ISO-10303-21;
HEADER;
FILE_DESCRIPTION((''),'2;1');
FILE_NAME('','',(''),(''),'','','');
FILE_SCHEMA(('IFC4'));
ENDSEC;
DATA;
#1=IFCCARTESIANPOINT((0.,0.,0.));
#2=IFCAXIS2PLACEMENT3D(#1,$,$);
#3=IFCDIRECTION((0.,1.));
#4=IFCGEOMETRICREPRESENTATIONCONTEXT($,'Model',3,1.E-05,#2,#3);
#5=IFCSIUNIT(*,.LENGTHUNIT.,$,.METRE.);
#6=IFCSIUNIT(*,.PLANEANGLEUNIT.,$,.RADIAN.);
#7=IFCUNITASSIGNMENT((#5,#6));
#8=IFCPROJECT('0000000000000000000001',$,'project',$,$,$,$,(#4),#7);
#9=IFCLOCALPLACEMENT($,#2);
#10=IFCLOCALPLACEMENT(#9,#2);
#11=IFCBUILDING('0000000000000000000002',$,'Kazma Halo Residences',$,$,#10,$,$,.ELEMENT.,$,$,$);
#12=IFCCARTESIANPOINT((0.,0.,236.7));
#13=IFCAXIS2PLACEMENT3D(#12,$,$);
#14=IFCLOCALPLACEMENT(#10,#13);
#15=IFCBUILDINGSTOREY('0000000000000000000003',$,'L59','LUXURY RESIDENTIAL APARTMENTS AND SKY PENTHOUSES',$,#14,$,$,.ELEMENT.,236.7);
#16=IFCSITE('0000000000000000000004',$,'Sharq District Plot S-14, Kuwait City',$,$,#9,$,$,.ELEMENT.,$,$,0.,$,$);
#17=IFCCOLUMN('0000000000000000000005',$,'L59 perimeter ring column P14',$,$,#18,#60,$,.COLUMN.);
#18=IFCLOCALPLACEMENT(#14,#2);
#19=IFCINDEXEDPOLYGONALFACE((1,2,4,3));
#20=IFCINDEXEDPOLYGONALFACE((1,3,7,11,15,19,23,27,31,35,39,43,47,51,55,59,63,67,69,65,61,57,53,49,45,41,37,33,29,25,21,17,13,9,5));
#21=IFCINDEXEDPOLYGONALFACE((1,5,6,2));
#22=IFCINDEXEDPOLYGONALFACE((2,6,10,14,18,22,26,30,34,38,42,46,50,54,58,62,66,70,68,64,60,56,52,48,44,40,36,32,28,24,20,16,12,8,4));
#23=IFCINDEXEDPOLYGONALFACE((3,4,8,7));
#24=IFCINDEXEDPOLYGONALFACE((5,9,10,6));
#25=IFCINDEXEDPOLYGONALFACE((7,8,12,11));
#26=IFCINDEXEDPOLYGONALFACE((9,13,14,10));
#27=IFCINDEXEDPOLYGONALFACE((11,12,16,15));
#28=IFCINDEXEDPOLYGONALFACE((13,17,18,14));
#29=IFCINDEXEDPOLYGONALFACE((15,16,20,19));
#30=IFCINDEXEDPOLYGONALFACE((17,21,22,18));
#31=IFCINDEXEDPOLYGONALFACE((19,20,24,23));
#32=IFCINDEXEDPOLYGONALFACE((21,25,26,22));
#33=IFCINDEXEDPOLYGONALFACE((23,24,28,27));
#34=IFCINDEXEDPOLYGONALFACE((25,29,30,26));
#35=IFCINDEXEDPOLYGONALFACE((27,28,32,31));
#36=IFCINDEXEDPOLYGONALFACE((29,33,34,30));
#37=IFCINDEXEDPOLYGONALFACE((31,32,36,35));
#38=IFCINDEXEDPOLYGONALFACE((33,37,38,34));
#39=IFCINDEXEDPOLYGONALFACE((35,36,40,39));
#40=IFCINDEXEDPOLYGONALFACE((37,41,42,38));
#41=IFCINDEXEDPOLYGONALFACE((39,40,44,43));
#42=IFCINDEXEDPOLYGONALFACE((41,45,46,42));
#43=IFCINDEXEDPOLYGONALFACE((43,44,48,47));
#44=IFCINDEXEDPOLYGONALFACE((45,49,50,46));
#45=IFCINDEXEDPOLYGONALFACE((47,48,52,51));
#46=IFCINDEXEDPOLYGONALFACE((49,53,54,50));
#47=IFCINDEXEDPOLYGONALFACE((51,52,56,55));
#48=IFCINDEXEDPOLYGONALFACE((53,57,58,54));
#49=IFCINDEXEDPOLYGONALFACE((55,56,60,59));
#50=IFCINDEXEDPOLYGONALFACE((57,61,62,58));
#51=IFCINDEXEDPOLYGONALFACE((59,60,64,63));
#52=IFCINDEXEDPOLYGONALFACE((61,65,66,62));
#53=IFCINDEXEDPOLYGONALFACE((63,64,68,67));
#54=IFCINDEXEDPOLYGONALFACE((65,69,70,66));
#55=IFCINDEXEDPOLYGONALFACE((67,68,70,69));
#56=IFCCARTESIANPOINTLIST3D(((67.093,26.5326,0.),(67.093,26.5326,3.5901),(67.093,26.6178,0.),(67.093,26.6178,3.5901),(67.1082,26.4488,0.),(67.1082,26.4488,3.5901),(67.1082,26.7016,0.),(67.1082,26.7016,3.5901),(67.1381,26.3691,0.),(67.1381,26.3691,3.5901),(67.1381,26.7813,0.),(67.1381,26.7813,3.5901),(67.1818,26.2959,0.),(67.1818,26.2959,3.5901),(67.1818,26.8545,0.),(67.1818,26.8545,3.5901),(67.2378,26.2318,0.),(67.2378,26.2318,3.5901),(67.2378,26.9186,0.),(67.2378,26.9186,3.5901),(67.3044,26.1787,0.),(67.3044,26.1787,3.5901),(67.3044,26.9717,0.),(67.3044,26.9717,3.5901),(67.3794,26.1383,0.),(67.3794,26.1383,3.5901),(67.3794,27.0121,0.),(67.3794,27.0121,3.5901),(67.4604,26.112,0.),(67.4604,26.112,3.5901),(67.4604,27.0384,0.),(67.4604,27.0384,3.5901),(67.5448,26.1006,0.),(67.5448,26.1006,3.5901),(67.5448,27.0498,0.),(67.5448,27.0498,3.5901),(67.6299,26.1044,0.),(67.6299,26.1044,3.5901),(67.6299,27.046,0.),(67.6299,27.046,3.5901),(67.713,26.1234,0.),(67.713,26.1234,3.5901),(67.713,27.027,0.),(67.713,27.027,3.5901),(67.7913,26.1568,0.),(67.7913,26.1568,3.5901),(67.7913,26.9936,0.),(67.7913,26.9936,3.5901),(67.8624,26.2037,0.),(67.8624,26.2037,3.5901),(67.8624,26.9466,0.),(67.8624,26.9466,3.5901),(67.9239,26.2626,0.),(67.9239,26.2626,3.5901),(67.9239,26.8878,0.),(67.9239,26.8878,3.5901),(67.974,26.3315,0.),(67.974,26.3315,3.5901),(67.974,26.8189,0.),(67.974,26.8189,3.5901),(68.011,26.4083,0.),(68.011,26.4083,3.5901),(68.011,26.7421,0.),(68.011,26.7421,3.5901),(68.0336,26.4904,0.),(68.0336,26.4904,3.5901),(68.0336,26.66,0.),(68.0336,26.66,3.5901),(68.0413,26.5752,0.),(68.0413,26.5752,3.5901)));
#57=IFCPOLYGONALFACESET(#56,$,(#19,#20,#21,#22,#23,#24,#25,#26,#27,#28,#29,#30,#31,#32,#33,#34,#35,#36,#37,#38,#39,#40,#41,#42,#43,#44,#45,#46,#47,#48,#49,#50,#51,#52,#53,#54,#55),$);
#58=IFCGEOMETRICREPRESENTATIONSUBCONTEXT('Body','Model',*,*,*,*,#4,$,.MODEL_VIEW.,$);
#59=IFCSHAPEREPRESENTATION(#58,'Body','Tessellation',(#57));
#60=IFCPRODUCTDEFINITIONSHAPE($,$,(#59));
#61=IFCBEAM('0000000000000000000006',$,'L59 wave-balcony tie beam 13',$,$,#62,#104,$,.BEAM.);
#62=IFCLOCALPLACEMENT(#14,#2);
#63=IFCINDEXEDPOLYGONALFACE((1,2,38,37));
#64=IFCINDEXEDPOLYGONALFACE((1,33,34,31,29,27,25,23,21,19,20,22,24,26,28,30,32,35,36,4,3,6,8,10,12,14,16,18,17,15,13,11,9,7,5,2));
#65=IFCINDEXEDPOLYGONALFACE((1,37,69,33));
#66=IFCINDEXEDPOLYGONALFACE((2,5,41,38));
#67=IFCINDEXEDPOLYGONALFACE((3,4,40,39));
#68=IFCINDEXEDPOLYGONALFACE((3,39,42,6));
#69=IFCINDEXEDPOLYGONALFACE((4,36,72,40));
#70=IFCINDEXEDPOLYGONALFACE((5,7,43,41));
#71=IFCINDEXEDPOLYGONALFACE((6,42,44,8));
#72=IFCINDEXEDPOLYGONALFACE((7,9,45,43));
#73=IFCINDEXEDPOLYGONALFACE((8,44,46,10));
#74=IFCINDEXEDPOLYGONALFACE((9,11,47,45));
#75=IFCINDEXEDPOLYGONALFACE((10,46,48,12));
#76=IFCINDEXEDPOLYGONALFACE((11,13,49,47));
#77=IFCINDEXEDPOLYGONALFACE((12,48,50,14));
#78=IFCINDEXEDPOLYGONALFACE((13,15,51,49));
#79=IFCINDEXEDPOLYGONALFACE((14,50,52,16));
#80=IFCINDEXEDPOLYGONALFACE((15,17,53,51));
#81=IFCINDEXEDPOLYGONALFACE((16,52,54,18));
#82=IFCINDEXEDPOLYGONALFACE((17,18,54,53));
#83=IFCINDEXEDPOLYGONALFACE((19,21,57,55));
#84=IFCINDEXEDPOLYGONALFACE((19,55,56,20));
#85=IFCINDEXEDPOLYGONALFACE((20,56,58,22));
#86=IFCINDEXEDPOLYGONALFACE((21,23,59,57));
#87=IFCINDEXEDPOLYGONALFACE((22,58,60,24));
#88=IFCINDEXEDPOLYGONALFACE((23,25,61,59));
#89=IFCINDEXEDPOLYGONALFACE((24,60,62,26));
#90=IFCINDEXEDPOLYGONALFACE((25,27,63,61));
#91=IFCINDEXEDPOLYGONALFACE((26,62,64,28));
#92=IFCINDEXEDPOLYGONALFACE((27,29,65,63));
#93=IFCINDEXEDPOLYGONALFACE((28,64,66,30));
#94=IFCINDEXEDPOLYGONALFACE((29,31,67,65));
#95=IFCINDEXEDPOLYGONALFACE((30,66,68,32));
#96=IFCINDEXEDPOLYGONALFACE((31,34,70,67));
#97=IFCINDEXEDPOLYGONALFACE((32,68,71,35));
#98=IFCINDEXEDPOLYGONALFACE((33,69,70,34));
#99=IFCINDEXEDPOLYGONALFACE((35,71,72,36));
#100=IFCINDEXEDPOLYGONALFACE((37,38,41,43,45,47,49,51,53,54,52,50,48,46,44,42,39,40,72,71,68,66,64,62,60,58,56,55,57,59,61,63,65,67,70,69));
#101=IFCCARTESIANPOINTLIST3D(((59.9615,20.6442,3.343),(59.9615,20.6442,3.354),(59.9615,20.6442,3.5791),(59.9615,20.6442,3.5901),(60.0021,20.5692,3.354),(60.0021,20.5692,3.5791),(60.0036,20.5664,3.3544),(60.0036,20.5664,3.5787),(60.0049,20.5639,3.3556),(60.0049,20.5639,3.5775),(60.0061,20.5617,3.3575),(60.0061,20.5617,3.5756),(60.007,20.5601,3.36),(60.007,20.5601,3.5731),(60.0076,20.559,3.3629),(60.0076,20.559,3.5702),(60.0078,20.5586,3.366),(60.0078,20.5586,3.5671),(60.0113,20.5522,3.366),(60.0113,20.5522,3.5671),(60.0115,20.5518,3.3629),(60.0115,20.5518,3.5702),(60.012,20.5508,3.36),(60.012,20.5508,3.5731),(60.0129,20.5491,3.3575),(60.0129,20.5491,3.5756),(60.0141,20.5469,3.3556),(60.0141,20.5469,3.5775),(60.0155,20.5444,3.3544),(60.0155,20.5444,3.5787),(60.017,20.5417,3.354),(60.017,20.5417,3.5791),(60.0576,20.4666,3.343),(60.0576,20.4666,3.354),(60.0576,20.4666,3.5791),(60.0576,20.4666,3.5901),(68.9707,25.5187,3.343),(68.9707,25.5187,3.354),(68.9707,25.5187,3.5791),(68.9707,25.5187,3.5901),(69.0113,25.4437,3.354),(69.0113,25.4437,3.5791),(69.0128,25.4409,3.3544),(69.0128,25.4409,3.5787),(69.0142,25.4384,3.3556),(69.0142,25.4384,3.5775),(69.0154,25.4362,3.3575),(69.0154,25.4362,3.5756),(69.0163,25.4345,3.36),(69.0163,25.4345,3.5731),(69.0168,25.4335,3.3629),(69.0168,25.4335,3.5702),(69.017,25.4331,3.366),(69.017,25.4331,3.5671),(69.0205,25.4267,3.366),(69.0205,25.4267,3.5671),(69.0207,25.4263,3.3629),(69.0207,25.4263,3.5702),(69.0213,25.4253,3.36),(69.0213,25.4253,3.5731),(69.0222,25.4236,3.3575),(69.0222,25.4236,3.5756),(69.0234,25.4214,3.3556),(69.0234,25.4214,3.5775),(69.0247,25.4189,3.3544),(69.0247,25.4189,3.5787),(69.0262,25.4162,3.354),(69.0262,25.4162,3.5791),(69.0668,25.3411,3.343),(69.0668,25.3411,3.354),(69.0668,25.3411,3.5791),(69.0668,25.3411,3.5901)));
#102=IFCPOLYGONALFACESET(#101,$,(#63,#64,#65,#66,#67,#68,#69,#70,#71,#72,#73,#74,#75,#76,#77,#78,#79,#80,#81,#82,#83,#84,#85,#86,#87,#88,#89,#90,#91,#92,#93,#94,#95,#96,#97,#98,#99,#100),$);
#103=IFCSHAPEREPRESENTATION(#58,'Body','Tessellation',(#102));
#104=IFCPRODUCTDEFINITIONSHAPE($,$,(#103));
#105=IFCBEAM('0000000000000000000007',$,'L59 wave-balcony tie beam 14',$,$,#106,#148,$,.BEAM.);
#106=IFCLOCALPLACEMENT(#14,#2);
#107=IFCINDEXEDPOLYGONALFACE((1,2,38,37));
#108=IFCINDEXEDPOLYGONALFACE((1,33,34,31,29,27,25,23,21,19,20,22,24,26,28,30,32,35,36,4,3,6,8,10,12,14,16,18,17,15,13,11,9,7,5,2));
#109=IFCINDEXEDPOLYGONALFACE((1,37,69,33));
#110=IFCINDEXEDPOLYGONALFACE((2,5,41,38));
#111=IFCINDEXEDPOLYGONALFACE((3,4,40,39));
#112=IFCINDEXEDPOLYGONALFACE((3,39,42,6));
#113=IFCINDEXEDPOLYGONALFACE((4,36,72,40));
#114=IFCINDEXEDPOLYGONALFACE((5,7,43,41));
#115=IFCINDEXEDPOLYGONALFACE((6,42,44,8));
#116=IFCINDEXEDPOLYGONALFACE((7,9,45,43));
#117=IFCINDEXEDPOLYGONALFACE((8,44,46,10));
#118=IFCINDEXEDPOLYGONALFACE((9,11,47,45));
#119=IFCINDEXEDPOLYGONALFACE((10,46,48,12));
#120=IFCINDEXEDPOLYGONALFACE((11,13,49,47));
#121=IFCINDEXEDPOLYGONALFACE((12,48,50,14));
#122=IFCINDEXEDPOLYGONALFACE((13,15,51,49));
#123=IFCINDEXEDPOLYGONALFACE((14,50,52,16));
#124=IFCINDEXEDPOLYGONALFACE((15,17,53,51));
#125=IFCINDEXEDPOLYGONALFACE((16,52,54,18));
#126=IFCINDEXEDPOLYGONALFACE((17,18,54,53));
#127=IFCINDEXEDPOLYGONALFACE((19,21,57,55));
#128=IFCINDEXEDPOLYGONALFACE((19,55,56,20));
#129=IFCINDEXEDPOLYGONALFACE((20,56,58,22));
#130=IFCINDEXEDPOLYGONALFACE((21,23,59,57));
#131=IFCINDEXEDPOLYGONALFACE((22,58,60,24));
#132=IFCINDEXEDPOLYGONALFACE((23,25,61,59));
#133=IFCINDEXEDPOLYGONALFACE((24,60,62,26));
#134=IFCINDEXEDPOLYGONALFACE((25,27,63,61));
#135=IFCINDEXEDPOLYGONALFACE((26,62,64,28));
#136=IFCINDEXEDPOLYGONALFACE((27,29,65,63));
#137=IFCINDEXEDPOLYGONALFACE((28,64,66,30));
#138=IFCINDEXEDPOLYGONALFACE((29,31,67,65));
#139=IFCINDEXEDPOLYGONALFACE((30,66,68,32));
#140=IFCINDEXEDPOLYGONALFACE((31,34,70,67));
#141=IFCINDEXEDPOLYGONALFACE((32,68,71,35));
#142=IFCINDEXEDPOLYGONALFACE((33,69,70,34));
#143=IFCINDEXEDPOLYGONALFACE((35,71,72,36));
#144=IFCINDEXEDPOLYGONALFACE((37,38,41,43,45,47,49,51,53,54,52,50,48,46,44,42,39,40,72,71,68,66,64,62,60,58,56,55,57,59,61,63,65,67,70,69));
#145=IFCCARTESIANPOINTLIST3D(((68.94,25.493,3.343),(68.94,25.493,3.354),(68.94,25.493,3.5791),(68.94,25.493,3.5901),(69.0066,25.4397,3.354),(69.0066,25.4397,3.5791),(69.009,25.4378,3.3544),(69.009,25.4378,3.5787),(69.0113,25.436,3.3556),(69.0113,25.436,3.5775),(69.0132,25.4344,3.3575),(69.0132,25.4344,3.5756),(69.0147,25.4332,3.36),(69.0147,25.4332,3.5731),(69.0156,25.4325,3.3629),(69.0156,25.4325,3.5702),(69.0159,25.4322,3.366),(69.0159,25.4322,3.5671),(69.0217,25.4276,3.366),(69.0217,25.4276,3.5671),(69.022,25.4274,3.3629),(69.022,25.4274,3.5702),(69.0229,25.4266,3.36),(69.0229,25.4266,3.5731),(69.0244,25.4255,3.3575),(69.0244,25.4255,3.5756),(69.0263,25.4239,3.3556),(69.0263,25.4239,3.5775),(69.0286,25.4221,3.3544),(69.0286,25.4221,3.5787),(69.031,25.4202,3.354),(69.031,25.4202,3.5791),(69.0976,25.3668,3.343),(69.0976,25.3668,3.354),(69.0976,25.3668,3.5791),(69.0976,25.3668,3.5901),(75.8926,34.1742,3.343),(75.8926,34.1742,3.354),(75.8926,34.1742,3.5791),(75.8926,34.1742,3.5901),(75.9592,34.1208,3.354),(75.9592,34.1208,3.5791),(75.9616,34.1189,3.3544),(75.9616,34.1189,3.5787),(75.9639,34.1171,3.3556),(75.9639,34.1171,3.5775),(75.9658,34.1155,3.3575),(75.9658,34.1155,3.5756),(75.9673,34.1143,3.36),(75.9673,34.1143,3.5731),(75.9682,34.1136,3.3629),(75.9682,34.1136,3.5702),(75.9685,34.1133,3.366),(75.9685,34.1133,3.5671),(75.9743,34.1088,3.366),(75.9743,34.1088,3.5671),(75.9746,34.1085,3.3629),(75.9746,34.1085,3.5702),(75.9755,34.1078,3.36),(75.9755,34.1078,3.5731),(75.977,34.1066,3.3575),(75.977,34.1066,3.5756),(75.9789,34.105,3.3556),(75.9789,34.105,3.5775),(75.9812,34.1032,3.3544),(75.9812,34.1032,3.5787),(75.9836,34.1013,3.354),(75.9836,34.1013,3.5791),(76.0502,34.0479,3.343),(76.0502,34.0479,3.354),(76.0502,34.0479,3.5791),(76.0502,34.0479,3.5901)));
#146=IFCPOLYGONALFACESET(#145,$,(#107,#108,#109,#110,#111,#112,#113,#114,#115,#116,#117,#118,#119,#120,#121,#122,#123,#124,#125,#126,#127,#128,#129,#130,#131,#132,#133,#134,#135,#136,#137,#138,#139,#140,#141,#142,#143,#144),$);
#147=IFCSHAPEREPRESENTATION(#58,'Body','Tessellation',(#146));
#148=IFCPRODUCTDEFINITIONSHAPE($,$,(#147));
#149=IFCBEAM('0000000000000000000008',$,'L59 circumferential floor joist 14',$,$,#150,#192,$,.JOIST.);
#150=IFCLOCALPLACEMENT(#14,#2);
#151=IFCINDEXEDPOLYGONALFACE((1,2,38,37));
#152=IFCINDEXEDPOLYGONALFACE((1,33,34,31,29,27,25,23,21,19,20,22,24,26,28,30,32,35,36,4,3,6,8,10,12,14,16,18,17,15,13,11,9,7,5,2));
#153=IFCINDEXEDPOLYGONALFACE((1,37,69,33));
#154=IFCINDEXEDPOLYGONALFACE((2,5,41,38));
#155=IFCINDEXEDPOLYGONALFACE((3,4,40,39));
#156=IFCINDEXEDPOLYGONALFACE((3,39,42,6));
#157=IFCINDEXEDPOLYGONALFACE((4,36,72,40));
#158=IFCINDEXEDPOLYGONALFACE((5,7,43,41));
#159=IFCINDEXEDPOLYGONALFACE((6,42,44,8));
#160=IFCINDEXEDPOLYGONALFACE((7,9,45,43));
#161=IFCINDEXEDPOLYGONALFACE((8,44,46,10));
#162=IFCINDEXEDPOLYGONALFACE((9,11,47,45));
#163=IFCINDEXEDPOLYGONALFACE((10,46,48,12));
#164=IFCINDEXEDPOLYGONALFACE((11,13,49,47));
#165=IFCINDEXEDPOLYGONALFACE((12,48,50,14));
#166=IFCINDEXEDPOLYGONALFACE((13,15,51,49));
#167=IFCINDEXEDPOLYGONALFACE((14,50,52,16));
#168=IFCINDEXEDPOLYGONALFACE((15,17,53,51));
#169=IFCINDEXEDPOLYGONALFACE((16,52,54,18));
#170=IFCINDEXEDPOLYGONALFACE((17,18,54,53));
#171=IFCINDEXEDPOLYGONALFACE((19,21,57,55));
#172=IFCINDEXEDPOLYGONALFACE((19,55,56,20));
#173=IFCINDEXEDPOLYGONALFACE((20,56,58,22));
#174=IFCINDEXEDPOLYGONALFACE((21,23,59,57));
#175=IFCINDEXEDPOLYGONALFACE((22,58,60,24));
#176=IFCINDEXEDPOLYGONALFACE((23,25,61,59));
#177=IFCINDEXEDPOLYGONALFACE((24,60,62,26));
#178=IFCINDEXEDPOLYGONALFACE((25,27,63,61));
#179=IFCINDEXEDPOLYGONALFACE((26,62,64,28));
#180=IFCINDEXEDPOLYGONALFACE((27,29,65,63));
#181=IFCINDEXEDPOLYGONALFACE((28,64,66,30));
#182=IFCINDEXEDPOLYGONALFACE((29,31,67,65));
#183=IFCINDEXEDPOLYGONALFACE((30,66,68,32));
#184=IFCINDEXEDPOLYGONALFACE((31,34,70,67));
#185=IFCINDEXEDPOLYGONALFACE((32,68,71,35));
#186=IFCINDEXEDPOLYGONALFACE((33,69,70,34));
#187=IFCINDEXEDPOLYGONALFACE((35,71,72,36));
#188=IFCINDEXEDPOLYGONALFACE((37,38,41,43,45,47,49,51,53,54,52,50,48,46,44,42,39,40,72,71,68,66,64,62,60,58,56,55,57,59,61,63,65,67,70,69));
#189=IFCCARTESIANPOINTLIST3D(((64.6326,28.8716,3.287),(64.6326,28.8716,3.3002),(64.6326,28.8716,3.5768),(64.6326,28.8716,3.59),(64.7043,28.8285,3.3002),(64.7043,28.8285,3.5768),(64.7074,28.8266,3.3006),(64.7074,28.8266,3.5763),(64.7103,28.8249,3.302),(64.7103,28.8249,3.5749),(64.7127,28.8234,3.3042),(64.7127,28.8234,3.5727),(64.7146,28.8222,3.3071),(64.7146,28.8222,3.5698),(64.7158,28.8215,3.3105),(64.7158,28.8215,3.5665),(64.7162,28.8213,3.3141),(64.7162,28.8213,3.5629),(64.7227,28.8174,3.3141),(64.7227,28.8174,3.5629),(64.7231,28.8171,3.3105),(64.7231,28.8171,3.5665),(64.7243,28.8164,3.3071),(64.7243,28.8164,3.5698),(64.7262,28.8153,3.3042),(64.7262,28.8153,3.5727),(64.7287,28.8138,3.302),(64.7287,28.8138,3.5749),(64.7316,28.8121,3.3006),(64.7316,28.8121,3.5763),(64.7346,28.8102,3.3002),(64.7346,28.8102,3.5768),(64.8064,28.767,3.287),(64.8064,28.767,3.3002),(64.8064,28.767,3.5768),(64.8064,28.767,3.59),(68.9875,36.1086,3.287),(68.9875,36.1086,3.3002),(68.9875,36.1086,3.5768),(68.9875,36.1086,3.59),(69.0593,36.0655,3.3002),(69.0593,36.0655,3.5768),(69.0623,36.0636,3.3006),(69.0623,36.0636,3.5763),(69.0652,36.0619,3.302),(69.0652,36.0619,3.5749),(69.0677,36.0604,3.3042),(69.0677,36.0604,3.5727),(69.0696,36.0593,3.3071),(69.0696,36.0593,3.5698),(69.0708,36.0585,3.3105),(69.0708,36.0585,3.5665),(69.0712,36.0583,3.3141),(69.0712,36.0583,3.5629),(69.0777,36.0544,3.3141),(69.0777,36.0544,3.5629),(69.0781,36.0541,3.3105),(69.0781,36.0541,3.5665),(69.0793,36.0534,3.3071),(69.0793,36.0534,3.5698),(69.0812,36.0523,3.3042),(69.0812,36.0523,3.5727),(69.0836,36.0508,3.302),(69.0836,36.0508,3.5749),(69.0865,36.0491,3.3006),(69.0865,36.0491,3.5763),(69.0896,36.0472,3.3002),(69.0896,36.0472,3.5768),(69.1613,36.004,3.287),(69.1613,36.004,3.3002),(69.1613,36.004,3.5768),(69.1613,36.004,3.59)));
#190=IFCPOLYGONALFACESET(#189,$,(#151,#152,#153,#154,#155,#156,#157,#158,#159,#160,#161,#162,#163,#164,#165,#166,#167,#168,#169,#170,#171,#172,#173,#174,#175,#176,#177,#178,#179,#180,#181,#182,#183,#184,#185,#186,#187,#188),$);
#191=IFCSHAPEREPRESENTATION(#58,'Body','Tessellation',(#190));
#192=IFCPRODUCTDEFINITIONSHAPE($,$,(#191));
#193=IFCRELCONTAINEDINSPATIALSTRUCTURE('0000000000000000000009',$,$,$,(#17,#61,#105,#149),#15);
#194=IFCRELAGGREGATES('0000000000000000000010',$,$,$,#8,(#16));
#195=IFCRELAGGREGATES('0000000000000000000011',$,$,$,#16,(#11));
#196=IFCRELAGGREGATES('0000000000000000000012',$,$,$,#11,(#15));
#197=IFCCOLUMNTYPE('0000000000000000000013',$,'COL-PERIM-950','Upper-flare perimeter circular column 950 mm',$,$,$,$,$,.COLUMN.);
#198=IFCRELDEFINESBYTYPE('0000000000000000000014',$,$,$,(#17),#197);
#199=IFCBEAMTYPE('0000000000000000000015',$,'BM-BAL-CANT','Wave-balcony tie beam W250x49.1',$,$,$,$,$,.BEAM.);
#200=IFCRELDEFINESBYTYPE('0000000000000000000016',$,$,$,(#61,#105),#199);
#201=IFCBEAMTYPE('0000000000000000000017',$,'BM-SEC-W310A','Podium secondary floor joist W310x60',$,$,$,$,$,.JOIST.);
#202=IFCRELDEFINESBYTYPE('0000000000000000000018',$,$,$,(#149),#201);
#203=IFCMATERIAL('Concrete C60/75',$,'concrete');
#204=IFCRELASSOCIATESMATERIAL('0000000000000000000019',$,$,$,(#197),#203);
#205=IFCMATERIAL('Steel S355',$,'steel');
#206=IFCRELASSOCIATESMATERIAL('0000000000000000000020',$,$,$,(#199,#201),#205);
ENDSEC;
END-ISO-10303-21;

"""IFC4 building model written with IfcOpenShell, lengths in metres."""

from ifc_helpers import new_model, si_unit, direction, frame, origin, origin_2d, place, context, subcontext, project, spatial, circle, i_section, extrude, material, material_profile, profile_set, type_object, element, save


model = new_model("IFC4")

# Units and contexts
model_context = context("Model", 3, precision=1e-05, world=origin(), true_north=direction((0.0, 1.0)))
body_context = subcontext(model_context, "Body", "Model", "MODEL_VIEW")
ifc_project = project(units=[si_unit("LENGTHUNIT", "METRE"), si_unit("PLANEANGLEUNIT", "RADIAN")], contexts=[model_context])

# Site, building, storey
site_placement = place(None, origin())
site = spatial("IfcSite", under=ifc_project, at=site_placement, Name="Sharq District Plot S-14, Kuwait City", CompositionType="ELEMENT", RefElevation=0.0)
building_placement = place(site_placement, origin())
building = spatial("IfcBuilding", under=site, at=building_placement, Name="Kazma Halo Residences", CompositionType="ELEMENT")
storey_placement = place(building_placement, frame((0.0, 0.0, 236.7)))
storey = spatial("IfcBuildingStorey", under=building, at=storey_placement, Name="L59", Description="LUXURY RESIDENTIAL APARTMENTS AND SKY PENTHOUSES", CompositionType="ELEMENT", Elevation=236.7)

# Column
ifc_material_1 = material(Name="Concrete C60/75", Category="concrete")
ifc_material_profile_1 = material_profile(ifc_material_1, circle(Radius=0.4751, at=origin_2d()), Name="CIRC950")
ifc_profile_set_1 = profile_set([ifc_material_profile_1], Name="Concrete C60/75")
column_type = type_object("IfcColumnType", Name="COL-PERIM-950", Description="Upper-flare perimeter circular column 950 mm", PredefinedType="COLUMN", material=ifc_profile_set_1)
column_placement = place(storey_placement, frame((67.5662, 26.5752, 0.0), z_axis=(0.0, 0.0, 1.0), x_axis=(1.0, 0.0, 0.0)))
element("IfcColumn", 1, at=column_placement, inside=storey, type_object=column_type, Name="L59 perimeter ring column P14", PredefinedType="COLUMN", context=body_context, shape_type="SweptSolid", body=[
    extrude(circle(Radius=0.4751, at=origin_2d()), origin(), (0.0, 0.0, 1.0), 3.5901),
])

# Beams
ifc_material_2 = material(Name="Steel S355", Category="steel")
ifc_material_profile_2 = material_profile(ifc_material_2, i_section(OverallWidth=0.2019, OverallDepth=0.2471, WebThickness=0.0073, FlangeThickness=0.011, FilletRadius=0.012, at=origin_2d()), Name="W250x49.1")
ifc_profile_set_2 = profile_set([ifc_material_profile_2], Name="Steel S355")
beam_type_1 = type_object("IfcBeamType", Name="BM-BAL-CANT", Description="Wave-balcony tie beam W250x49.1", PredefinedType="BEAM", material=ifc_profile_set_2)
beam_1_placement = place(storey_placement, frame((60.0095, 20.5554, 3.4666), z_axis=(0.879517, 0.475867, 0.0), x_axis=(-0.475867, 0.879517, 0.0)))
element("IfcBeam", 2, at=beam_1_placement, inside=storey, type_object=beam_type_1, Name="L59 wave-balcony tie beam 13", PredefinedType="BEAM", context=body_context, shape_type="SweptSolid", body=[
    extrude(i_section(OverallWidth=0.2019, OverallDepth=0.2471, WebThickness=0.0073, FlangeThickness=0.011, FilletRadius=0.012, at=origin_2d()), origin(), (0.0, 0.0, 1.0), 10.2434),
])
beam_2_placement = place(storey_placement, frame((69.0188, 25.4299, 3.4666), z_axis=(0.625118, 0.78053, 0.0), x_axis=(-0.78053, 0.625118, 0.0)))
element("IfcBeam", 3, at=beam_2_placement, inside=storey, type_object=beam_type_1, Name="L59 wave-balcony tie beam 14", PredefinedType="BEAM", context=body_context, shape_type="SweptSolid", body=[
    extrude(i_section(OverallWidth=0.2019, OverallDepth=0.2471, WebThickness=0.0073, FlangeThickness=0.011, FilletRadius=0.012, at=origin_2d()), origin(), (0.0, 0.0, 1.0), 11.1221),
])
ifc_material_profile_3 = material_profile(ifc_material_2, i_section(OverallWidth=0.2029, OverallDepth=0.303, WebThickness=0.0076, FlangeThickness=0.0132, FilletRadius=0.0139, at=origin_2d()), Name="W310x60")
ifc_profile_set_3 = profile_set([ifc_material_profile_3], Name="Steel S355")
beam_type_2 = type_object("IfcBeamType", Name="BM-SEC-W310A", Description="Podium secondary floor joist W310x60", PredefinedType="JOIST", material=ifc_profile_set_3)
beam_3_placement = place(storey_placement, frame((64.7195, 28.8193, 3.4385), z_axis=(0.515605, 0.856827, 0.0), x_axis=(-0.856827, 0.515605, 0.0)))
element("IfcBeam", 4, at=beam_3_placement, inside=storey, type_object=beam_type_2, Name="L59 circumferential floor joist 14", PredefinedType="JOIST", context=body_context, shape_type="SweptSolid", body=[
    extrude(i_section(OverallWidth=0.2029, OverallDepth=0.303, WebThickness=0.0076, FlangeThickness=0.0132, FilletRadius=0.0139, at=origin_2d()), origin(), (0.0, 0.0, 1.0), 8.4463),
])

save(model, "model.ifc")
